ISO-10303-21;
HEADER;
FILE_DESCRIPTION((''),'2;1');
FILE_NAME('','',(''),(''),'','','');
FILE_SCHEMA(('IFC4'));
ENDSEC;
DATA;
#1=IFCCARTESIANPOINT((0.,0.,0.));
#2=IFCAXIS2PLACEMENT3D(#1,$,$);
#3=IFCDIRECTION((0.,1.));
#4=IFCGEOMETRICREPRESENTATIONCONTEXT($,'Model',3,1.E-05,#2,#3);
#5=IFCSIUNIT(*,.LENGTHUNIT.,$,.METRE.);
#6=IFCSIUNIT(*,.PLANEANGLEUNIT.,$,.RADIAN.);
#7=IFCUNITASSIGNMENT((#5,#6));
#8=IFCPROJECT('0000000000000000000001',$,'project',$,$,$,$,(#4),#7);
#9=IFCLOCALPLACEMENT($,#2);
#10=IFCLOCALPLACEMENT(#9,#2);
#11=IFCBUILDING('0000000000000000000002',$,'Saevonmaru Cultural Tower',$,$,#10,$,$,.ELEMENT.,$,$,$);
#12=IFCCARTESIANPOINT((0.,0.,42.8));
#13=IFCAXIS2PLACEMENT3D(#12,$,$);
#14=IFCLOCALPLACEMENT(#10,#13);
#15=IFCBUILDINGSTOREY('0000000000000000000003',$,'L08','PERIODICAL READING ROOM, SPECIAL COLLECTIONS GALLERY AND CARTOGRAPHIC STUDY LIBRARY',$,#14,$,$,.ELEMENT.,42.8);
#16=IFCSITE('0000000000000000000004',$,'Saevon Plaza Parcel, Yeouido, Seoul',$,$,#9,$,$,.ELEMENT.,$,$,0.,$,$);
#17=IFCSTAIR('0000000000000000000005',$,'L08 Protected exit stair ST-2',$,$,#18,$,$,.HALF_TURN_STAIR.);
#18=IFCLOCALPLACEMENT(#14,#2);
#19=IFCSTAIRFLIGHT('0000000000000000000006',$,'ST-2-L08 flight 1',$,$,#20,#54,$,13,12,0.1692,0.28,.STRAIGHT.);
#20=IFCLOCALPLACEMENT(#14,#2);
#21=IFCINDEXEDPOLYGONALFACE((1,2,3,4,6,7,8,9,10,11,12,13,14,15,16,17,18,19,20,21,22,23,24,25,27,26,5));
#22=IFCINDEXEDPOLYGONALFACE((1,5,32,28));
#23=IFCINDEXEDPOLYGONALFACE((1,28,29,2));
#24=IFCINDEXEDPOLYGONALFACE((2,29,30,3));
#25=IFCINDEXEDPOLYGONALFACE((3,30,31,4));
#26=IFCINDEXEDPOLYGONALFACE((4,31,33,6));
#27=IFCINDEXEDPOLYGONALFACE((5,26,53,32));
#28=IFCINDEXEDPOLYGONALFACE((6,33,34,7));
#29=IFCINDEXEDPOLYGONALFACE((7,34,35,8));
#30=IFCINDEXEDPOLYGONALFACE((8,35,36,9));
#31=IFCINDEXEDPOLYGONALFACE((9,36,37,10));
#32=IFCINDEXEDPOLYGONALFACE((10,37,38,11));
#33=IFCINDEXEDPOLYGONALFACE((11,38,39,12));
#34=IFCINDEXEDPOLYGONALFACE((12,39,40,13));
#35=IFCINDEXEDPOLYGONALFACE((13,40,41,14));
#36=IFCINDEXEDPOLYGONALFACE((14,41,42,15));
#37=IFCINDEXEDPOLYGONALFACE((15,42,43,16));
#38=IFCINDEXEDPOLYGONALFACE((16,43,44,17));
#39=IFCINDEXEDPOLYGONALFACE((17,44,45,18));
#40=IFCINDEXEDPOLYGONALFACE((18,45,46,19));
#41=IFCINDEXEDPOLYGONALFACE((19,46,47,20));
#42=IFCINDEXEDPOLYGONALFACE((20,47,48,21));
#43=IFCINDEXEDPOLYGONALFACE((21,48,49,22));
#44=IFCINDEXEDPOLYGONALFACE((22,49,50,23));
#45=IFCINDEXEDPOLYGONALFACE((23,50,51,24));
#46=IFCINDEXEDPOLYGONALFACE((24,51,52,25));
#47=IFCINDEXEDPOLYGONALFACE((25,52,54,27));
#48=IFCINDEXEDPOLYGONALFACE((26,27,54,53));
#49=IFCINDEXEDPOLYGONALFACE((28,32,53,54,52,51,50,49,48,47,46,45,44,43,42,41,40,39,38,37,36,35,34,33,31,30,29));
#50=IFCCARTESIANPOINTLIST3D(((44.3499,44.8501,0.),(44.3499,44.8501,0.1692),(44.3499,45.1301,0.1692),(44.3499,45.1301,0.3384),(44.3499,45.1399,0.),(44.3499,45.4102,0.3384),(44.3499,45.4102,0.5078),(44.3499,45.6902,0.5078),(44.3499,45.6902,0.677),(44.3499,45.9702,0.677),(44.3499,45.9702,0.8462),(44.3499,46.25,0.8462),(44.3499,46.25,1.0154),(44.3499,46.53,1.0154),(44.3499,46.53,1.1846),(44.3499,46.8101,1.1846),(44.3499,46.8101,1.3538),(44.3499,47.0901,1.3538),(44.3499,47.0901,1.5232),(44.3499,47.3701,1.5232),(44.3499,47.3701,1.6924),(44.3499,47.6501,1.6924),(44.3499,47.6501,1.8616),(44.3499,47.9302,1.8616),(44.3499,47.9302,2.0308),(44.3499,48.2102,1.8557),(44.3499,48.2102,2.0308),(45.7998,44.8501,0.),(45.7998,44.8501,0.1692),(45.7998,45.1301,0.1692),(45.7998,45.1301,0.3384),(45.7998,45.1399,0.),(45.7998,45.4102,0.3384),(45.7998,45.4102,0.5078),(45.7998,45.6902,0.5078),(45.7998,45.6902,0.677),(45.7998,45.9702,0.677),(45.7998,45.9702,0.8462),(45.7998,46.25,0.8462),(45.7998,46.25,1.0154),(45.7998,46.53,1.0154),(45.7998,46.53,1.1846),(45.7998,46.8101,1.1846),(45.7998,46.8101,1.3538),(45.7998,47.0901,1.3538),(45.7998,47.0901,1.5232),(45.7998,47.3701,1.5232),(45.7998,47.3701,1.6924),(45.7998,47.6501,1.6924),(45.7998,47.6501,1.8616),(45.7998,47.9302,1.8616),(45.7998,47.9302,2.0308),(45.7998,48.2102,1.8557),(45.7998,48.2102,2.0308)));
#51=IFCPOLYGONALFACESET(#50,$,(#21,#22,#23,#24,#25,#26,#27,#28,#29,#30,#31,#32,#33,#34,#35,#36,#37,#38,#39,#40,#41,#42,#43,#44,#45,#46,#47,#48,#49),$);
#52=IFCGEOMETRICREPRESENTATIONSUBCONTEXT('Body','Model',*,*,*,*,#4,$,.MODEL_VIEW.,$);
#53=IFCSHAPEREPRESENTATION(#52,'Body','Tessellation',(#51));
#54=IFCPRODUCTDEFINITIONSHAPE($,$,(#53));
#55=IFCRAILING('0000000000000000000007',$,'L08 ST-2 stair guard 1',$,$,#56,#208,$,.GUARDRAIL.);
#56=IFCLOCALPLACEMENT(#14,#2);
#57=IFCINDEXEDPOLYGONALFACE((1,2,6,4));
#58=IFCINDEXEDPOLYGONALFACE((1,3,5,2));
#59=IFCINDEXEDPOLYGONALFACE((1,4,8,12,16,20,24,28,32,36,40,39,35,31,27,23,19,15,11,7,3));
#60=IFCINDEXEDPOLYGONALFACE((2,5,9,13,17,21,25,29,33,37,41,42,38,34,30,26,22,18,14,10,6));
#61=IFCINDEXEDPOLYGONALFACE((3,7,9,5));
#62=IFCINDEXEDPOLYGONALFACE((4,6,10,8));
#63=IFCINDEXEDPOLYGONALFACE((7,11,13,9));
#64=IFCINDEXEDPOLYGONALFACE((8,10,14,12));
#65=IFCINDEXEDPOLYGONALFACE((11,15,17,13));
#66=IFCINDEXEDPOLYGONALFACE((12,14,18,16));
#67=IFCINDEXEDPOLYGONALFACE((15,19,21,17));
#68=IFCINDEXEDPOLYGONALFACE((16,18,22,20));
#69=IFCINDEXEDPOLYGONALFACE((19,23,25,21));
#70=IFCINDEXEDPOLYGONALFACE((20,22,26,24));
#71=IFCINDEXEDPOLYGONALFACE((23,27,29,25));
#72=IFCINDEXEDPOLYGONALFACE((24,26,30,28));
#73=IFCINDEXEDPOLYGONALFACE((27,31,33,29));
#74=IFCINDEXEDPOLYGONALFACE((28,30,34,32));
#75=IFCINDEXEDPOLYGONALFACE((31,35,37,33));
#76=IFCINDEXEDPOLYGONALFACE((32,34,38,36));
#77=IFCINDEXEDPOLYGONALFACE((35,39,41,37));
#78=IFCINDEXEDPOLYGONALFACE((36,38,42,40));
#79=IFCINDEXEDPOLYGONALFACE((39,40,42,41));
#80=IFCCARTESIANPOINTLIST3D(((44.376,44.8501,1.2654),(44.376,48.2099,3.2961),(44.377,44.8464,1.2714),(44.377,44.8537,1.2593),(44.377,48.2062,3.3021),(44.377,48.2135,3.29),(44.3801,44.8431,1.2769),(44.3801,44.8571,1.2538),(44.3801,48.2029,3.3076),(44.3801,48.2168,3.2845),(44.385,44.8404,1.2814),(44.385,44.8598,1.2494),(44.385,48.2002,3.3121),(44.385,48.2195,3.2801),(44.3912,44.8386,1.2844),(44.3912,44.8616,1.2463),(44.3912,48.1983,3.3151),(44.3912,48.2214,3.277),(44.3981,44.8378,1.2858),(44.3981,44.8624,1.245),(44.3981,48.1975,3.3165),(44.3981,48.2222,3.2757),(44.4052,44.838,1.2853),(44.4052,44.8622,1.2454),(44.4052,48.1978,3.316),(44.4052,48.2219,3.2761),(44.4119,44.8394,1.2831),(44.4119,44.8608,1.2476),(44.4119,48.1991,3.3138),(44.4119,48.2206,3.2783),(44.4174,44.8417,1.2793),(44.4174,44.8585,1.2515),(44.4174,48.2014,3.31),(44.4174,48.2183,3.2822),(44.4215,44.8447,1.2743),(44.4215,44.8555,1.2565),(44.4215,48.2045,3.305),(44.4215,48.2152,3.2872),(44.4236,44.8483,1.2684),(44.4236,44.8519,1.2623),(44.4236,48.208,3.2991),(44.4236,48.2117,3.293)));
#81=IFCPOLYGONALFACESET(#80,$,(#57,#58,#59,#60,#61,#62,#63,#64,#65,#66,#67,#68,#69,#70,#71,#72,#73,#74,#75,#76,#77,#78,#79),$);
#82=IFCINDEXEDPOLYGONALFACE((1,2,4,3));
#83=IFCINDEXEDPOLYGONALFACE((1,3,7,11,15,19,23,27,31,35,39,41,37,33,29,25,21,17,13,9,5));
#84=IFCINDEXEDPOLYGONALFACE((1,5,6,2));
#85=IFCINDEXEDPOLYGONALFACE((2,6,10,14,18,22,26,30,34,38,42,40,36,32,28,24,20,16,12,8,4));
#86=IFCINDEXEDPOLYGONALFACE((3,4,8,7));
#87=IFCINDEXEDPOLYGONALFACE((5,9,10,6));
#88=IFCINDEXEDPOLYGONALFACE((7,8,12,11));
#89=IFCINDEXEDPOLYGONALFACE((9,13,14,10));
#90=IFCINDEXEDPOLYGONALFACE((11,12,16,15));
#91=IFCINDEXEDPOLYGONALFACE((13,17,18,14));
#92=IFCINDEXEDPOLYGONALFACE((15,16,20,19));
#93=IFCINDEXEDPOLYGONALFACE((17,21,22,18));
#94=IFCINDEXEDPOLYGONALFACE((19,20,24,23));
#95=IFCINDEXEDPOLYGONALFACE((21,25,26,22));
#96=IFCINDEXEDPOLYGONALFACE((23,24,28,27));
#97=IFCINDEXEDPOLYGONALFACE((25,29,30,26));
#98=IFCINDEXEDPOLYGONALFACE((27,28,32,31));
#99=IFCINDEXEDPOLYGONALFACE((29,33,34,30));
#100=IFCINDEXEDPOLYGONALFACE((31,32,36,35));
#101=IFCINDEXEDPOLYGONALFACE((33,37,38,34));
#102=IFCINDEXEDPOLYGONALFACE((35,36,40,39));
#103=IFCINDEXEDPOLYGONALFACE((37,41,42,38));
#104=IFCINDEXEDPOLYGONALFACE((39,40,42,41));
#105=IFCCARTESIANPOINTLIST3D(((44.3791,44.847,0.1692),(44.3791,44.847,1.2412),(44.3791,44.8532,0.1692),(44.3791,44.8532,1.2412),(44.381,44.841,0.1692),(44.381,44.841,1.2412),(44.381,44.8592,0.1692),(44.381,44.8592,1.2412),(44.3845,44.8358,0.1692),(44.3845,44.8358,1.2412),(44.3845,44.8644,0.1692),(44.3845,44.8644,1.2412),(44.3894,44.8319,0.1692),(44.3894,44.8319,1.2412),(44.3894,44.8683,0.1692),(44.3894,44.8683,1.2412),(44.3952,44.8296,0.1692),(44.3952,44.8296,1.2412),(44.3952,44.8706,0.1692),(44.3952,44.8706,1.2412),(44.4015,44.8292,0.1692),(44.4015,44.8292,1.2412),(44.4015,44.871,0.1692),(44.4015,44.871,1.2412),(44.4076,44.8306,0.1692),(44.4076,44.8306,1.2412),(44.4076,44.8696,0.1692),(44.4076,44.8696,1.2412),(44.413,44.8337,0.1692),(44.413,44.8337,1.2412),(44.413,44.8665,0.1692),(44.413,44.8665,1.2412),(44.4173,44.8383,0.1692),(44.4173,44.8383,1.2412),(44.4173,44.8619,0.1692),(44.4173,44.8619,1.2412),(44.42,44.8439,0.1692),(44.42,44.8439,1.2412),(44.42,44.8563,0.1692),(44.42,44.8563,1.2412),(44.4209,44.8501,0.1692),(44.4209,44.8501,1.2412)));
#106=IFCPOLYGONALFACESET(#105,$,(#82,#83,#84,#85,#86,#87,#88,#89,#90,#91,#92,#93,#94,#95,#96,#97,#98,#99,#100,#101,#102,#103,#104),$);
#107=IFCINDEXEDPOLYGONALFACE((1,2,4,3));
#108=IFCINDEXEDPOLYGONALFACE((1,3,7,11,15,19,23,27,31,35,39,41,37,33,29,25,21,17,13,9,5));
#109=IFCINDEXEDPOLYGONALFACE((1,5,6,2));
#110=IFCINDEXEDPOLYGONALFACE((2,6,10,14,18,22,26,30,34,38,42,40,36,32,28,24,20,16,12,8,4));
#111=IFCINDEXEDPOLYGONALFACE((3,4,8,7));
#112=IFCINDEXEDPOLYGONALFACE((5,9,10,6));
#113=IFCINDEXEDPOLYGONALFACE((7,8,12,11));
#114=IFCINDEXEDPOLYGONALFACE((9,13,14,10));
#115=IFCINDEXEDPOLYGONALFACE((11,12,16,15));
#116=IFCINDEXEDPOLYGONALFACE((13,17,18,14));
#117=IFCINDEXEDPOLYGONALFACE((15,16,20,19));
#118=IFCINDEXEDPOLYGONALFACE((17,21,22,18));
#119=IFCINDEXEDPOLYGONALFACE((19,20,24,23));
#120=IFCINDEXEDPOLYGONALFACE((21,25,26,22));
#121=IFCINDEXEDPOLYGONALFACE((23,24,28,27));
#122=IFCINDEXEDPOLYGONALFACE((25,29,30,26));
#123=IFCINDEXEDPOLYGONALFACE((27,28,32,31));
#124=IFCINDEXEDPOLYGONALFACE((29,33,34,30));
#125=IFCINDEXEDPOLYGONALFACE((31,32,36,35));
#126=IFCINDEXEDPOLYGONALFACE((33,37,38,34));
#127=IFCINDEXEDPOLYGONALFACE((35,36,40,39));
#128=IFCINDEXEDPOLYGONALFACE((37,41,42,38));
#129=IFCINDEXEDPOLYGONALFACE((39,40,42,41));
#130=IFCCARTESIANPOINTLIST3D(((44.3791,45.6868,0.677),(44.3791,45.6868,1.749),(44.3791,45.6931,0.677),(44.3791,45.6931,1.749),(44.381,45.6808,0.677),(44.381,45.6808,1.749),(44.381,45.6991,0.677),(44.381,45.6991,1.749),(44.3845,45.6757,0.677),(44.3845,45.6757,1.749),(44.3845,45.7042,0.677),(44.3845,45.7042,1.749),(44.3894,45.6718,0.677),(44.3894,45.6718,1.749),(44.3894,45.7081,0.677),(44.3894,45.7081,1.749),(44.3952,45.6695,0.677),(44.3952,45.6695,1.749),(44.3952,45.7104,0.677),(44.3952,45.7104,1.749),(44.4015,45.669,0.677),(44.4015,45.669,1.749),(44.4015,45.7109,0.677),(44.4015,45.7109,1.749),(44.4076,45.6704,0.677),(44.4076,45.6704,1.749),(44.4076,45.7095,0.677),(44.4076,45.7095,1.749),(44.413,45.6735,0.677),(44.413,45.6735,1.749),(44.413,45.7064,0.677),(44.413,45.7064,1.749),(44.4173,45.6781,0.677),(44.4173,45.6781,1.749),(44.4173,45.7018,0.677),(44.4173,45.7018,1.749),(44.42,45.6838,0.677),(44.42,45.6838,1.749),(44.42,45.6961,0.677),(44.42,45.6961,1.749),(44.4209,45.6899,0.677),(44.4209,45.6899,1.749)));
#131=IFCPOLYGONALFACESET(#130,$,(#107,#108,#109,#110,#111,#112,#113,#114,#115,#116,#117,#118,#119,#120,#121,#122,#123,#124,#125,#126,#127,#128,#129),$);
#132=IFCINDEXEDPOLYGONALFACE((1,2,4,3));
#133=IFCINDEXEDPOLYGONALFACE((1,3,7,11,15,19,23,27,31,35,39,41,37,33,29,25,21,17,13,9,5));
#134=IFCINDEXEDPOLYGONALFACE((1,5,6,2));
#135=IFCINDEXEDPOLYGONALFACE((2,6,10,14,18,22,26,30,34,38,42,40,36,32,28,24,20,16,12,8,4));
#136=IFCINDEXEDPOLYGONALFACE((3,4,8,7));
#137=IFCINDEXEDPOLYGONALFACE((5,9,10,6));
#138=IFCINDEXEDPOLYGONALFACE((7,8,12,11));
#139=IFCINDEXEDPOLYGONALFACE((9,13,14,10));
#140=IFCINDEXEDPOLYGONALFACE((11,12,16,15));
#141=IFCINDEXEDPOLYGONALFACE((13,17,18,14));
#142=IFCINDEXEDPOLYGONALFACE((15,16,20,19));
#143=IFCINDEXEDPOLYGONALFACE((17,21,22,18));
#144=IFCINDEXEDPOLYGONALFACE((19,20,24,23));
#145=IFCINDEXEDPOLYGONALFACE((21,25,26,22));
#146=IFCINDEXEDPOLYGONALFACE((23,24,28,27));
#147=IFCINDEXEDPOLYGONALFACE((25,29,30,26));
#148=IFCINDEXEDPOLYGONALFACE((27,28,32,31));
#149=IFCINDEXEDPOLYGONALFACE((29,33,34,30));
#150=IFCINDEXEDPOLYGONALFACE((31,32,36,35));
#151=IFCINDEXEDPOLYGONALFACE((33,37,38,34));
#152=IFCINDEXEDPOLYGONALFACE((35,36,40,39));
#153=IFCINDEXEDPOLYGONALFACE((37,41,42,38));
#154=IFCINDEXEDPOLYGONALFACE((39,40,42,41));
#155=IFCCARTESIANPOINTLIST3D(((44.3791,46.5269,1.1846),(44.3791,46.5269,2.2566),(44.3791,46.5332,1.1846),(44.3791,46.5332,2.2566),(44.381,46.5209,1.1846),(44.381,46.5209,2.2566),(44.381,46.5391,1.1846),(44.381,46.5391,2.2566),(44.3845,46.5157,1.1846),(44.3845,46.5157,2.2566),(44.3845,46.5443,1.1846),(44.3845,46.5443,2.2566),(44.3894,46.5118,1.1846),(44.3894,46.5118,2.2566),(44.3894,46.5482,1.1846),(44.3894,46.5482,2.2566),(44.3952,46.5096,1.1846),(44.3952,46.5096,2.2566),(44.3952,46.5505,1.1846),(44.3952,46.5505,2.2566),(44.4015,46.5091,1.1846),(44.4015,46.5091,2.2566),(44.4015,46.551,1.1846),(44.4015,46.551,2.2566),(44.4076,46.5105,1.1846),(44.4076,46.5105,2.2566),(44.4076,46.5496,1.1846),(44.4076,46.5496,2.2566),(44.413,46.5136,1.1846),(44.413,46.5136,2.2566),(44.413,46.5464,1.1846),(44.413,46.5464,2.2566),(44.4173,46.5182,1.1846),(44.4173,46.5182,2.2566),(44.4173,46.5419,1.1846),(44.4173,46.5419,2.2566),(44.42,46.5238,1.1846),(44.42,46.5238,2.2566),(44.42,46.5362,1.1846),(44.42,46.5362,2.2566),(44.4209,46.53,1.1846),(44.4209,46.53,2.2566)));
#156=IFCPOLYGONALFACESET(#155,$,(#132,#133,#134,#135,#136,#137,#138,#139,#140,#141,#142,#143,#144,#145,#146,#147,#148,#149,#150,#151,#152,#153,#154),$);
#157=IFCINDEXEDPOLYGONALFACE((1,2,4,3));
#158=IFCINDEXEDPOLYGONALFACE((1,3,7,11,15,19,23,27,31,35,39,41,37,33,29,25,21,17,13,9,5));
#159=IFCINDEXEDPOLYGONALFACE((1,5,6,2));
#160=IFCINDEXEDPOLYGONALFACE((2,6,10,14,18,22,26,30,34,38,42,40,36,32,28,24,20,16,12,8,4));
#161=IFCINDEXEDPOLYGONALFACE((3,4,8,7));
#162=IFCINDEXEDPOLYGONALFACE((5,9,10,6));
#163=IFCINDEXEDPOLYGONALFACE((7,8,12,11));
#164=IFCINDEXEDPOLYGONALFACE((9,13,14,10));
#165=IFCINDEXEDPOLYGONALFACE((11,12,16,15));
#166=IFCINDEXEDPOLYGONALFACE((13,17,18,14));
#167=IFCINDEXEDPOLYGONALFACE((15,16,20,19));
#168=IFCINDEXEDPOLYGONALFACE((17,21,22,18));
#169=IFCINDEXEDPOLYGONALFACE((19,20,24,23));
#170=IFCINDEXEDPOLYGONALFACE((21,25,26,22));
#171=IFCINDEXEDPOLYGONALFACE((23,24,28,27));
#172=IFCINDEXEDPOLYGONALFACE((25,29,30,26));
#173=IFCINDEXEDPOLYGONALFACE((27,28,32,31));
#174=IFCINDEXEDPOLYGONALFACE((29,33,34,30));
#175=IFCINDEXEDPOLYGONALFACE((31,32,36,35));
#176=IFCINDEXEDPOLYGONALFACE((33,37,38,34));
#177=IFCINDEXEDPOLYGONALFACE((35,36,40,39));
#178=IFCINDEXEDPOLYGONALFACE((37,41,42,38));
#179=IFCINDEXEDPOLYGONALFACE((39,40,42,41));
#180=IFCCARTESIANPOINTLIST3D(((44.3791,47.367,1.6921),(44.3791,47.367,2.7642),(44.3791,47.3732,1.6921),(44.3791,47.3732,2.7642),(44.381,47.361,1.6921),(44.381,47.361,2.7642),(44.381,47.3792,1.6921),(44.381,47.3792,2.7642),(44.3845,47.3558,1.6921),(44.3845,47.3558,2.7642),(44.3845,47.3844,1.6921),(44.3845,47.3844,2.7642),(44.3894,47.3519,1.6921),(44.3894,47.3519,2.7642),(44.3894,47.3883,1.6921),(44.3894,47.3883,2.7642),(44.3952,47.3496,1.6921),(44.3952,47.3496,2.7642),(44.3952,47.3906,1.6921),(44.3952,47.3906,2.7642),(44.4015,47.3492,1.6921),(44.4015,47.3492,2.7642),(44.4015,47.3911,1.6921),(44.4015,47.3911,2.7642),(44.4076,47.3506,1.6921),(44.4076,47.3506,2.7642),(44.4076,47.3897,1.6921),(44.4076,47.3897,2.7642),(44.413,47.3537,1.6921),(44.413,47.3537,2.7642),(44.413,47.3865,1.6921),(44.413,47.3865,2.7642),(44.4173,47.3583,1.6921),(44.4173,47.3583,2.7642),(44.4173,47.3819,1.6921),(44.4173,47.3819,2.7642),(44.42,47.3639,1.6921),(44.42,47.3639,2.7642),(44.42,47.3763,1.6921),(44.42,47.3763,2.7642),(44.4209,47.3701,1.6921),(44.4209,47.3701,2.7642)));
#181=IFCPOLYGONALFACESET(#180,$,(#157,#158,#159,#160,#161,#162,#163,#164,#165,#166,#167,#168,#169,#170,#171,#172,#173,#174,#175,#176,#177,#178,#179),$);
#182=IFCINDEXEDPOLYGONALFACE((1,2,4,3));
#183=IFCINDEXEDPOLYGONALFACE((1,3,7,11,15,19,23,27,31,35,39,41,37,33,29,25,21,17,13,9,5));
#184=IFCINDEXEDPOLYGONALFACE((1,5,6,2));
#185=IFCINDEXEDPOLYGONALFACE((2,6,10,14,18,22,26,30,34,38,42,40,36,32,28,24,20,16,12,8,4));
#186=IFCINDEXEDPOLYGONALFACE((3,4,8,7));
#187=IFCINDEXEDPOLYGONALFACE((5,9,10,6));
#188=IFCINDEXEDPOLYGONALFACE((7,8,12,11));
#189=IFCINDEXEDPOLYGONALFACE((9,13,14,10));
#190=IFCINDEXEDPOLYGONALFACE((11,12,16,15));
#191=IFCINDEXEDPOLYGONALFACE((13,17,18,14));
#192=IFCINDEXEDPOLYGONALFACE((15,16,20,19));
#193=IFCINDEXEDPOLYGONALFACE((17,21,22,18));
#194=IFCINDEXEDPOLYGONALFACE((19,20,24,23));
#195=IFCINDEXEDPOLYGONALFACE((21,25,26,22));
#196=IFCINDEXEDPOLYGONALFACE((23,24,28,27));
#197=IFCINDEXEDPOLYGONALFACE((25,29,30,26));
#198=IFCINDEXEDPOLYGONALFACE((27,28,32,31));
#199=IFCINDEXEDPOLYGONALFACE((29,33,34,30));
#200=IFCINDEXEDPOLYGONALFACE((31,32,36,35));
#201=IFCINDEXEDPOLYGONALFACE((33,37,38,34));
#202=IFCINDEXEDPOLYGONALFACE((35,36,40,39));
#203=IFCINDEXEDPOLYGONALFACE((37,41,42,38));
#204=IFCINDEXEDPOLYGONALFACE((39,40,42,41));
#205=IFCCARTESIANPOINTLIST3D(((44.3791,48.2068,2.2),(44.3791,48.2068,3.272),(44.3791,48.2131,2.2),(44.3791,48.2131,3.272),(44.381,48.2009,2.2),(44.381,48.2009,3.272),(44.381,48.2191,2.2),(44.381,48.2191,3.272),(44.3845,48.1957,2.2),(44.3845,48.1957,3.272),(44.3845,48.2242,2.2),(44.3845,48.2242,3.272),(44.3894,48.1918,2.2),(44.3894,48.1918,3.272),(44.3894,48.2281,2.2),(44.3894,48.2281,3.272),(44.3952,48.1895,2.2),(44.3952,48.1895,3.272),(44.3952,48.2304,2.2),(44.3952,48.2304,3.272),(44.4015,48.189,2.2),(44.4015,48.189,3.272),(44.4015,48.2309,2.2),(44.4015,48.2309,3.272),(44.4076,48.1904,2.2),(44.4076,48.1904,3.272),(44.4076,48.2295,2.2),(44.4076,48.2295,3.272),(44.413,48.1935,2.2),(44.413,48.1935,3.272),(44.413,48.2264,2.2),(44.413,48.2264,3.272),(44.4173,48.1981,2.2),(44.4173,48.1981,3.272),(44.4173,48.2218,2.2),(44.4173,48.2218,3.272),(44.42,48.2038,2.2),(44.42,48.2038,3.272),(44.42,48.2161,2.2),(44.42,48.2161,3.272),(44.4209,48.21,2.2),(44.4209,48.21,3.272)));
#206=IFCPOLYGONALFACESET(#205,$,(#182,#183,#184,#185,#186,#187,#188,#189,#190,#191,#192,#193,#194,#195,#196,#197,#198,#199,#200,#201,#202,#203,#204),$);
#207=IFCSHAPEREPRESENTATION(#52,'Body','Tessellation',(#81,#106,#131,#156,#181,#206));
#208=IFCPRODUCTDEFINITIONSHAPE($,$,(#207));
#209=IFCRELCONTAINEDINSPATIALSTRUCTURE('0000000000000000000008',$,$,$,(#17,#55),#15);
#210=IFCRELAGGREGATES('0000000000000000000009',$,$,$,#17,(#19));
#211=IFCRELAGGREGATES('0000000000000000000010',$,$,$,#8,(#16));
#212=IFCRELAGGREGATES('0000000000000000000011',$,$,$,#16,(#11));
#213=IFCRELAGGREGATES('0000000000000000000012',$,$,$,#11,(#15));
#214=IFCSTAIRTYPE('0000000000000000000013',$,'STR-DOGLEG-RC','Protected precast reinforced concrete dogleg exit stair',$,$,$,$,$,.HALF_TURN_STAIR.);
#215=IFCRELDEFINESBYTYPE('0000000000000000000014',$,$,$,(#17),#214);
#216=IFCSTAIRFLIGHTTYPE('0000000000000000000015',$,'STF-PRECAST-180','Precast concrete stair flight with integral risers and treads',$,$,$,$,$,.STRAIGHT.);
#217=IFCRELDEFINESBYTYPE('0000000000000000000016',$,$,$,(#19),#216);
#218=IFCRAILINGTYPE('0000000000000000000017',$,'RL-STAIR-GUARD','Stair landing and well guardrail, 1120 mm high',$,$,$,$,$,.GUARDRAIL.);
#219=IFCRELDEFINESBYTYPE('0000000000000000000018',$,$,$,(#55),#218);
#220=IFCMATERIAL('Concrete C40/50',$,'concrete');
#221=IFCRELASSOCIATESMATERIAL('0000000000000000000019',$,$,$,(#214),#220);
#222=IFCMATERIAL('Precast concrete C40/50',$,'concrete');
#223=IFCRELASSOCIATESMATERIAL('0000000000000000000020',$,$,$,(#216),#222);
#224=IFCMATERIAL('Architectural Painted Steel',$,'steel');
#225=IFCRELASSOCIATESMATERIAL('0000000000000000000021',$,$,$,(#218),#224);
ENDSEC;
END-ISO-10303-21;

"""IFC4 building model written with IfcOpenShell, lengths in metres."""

from ifc_helpers import new_model, si_unit, direction, frame, origin, origin_2d, place, context, subcontext, project, spatial, polyline, circle, outline, extrude, material, type_object, element, aggregate, save


model = new_model("IFC4")

# Units and contexts
model_context = context("Model", 3, precision=1e-05, world=origin(), true_north=direction((0.0, 1.0)))
body_context = subcontext(model_context, "Body", "Model", "MODEL_VIEW")
ifc_project = project(units=[si_unit("LENGTHUNIT", "METRE"), si_unit("PLANEANGLEUNIT", "RADIAN")], contexts=[model_context])

# Site, building, storey
site_placement = place(None, origin())
site = spatial("IfcSite", under=ifc_project, at=site_placement, Name="Saevon Plaza Parcel, Yeouido, Seoul", CompositionType="ELEMENT", RefElevation=0.0)
building_placement = place(site_placement, origin())
building = spatial("IfcBuilding", under=site, at=building_placement, Name="Saevonmaru Cultural Tower", CompositionType="ELEMENT")
storey_placement = place(building_placement, frame((0.0, 0.0, 42.8)))
storey = spatial("IfcBuildingStorey", under=building, at=storey_placement, Name="L08", Description="PERIODICAL READING ROOM, SPECIAL COLLECTIONS GALLERY AND CARTOGRAPHIC STUDY LIBRARY", CompositionType="ELEMENT", Elevation=42.8)

# Stair, stair flight
ifc_material_1 = material(Name="Concrete C40/50", Category="concrete")
stair_type = type_object("IfcStairType", Name="STR-DOGLEG-RC", Description="Protected precast reinforced concrete dogleg exit stair", PredefinedType="HALF_TURN_STAIR", material=ifc_material_1)
stair_placement = place(storey_placement, origin())
stair = element("IfcStair", 1, at=stair_placement, inside=storey, type_object=stair_type, Name="L08 Protected exit stair ST-2", PredefinedType="HALF_TURN_STAIR")
ifc_material_2 = material(Name="Precast concrete C40/50", Category="concrete")
stair_flight_type = type_object("IfcStairFlightType", Name="STF-PRECAST-180", Description="Precast concrete stair flight with integral risers and treads", PredefinedType="STRAIGHT", material=ifc_material_2)
stair_flight_placement = place(storey_placement, frame((45.075, 44.8501, 0.0), z_axis=(0.0, 0.0, 1.0), x_axis=(0.0, 1.0, 0.0)))
stair_flight = element("IfcStairFlight", 2, at=stair_flight_placement, type_object=stair_flight_type, Name="ST-2-L08 flight 1", NumberOfRisers=13, NumberOfTreads=12, PredefinedType="STRAIGHT", RiserHeight=0.1692, TreadLength=0.28, context=body_context, shape_type="SweptSolid", body=[
    extrude(outline(polyline([(0.0, 0.0), (0.0, 0.1692), (0.28, 0.1692), (0.28, 0.3384), (0.5601, 0.3384), (0.5601, 0.5078), (0.8401, 0.5078), (0.8401, 0.677), (1.1201, 0.677), (1.1201, 0.8462), (1.3999, 0.8462), (1.3999, 1.0154), (1.6799, 1.0154), (1.6799, 1.1846), (1.96, 1.1846), (1.96, 1.3538), (2.24, 1.3538), (2.24, 1.5232), (2.52, 1.5232), (2.52, 1.6924), (2.8, 1.6924), (2.8, 1.8616), (3.0801, 1.8616), (3.0801, 2.0308), (3.3601, 2.0308), (3.3601, 2.2), (3.3601, 1.8557), (0.2898, 0.0), (0.0, 0.0)])), frame((0.0, 0.7251, 0.0), z_axis=(0.0, -1.0, 0.0), x_axis=(1.0, 0.0, 0.0)), (0.0, 0.0, 1.0), 1.45),
])
aggregate(stair, [stair_flight])

# Railing
ifc_material_3 = material(Name="Architectural Painted Steel", Category="steel")
railing_type_1 = type_object("IfcRailingType", Name="RL-STAIR-GUARD", Description="Stair landing and well guardrail, 1120 mm high", PredefinedType="GUARDRAIL", material=ifc_material_3)
railing_1_placement = place(storey_placement, frame((44.3999, 44.8501, 0.1692)))
element("IfcRailing", 3, at=railing_1_placement, inside=storey, type_object=railing_type_1, Name="L08 ST-2 stair guard 1", PredefinedType="GUARDRAIL", context=body_context, shape_type="SweptSolid", body=[
    extrude(circle(Radius=0.0239, at=origin_2d()), frame((0.0, 0.0, 1.0962), z_axis=(0.0, 0.85582, 0.517273), x_axis=(-1.0, 0.0, 0.0)), (0.0, 0.0, 1.0), 3.9258),
    extrude(circle(Radius=0.021, at=origin_2d()), origin(), (0.0, 0.0, 1.0), 1.072),
    extrude(circle(Radius=0.021, at=origin_2d()), frame((0.0, 0.8398, 0.5078)), (0.0, 0.0, 1.0), 1.072),
    extrude(circle(Radius=0.021, at=origin_2d()), frame((0.0, 1.6799, 1.0154)), (0.0, 0.0, 1.0), 1.072),
    extrude(circle(Radius=0.021, at=origin_2d()), frame((0.0, 2.52, 1.5229)), (0.0, 0.0, 1.0), 1.072),
    extrude(circle(Radius=0.021, at=origin_2d()), frame((0.0, 3.3599, 2.0308)), (0.0, 0.0, 1.0), 1.072),
])

save(model, "model.ifc")
